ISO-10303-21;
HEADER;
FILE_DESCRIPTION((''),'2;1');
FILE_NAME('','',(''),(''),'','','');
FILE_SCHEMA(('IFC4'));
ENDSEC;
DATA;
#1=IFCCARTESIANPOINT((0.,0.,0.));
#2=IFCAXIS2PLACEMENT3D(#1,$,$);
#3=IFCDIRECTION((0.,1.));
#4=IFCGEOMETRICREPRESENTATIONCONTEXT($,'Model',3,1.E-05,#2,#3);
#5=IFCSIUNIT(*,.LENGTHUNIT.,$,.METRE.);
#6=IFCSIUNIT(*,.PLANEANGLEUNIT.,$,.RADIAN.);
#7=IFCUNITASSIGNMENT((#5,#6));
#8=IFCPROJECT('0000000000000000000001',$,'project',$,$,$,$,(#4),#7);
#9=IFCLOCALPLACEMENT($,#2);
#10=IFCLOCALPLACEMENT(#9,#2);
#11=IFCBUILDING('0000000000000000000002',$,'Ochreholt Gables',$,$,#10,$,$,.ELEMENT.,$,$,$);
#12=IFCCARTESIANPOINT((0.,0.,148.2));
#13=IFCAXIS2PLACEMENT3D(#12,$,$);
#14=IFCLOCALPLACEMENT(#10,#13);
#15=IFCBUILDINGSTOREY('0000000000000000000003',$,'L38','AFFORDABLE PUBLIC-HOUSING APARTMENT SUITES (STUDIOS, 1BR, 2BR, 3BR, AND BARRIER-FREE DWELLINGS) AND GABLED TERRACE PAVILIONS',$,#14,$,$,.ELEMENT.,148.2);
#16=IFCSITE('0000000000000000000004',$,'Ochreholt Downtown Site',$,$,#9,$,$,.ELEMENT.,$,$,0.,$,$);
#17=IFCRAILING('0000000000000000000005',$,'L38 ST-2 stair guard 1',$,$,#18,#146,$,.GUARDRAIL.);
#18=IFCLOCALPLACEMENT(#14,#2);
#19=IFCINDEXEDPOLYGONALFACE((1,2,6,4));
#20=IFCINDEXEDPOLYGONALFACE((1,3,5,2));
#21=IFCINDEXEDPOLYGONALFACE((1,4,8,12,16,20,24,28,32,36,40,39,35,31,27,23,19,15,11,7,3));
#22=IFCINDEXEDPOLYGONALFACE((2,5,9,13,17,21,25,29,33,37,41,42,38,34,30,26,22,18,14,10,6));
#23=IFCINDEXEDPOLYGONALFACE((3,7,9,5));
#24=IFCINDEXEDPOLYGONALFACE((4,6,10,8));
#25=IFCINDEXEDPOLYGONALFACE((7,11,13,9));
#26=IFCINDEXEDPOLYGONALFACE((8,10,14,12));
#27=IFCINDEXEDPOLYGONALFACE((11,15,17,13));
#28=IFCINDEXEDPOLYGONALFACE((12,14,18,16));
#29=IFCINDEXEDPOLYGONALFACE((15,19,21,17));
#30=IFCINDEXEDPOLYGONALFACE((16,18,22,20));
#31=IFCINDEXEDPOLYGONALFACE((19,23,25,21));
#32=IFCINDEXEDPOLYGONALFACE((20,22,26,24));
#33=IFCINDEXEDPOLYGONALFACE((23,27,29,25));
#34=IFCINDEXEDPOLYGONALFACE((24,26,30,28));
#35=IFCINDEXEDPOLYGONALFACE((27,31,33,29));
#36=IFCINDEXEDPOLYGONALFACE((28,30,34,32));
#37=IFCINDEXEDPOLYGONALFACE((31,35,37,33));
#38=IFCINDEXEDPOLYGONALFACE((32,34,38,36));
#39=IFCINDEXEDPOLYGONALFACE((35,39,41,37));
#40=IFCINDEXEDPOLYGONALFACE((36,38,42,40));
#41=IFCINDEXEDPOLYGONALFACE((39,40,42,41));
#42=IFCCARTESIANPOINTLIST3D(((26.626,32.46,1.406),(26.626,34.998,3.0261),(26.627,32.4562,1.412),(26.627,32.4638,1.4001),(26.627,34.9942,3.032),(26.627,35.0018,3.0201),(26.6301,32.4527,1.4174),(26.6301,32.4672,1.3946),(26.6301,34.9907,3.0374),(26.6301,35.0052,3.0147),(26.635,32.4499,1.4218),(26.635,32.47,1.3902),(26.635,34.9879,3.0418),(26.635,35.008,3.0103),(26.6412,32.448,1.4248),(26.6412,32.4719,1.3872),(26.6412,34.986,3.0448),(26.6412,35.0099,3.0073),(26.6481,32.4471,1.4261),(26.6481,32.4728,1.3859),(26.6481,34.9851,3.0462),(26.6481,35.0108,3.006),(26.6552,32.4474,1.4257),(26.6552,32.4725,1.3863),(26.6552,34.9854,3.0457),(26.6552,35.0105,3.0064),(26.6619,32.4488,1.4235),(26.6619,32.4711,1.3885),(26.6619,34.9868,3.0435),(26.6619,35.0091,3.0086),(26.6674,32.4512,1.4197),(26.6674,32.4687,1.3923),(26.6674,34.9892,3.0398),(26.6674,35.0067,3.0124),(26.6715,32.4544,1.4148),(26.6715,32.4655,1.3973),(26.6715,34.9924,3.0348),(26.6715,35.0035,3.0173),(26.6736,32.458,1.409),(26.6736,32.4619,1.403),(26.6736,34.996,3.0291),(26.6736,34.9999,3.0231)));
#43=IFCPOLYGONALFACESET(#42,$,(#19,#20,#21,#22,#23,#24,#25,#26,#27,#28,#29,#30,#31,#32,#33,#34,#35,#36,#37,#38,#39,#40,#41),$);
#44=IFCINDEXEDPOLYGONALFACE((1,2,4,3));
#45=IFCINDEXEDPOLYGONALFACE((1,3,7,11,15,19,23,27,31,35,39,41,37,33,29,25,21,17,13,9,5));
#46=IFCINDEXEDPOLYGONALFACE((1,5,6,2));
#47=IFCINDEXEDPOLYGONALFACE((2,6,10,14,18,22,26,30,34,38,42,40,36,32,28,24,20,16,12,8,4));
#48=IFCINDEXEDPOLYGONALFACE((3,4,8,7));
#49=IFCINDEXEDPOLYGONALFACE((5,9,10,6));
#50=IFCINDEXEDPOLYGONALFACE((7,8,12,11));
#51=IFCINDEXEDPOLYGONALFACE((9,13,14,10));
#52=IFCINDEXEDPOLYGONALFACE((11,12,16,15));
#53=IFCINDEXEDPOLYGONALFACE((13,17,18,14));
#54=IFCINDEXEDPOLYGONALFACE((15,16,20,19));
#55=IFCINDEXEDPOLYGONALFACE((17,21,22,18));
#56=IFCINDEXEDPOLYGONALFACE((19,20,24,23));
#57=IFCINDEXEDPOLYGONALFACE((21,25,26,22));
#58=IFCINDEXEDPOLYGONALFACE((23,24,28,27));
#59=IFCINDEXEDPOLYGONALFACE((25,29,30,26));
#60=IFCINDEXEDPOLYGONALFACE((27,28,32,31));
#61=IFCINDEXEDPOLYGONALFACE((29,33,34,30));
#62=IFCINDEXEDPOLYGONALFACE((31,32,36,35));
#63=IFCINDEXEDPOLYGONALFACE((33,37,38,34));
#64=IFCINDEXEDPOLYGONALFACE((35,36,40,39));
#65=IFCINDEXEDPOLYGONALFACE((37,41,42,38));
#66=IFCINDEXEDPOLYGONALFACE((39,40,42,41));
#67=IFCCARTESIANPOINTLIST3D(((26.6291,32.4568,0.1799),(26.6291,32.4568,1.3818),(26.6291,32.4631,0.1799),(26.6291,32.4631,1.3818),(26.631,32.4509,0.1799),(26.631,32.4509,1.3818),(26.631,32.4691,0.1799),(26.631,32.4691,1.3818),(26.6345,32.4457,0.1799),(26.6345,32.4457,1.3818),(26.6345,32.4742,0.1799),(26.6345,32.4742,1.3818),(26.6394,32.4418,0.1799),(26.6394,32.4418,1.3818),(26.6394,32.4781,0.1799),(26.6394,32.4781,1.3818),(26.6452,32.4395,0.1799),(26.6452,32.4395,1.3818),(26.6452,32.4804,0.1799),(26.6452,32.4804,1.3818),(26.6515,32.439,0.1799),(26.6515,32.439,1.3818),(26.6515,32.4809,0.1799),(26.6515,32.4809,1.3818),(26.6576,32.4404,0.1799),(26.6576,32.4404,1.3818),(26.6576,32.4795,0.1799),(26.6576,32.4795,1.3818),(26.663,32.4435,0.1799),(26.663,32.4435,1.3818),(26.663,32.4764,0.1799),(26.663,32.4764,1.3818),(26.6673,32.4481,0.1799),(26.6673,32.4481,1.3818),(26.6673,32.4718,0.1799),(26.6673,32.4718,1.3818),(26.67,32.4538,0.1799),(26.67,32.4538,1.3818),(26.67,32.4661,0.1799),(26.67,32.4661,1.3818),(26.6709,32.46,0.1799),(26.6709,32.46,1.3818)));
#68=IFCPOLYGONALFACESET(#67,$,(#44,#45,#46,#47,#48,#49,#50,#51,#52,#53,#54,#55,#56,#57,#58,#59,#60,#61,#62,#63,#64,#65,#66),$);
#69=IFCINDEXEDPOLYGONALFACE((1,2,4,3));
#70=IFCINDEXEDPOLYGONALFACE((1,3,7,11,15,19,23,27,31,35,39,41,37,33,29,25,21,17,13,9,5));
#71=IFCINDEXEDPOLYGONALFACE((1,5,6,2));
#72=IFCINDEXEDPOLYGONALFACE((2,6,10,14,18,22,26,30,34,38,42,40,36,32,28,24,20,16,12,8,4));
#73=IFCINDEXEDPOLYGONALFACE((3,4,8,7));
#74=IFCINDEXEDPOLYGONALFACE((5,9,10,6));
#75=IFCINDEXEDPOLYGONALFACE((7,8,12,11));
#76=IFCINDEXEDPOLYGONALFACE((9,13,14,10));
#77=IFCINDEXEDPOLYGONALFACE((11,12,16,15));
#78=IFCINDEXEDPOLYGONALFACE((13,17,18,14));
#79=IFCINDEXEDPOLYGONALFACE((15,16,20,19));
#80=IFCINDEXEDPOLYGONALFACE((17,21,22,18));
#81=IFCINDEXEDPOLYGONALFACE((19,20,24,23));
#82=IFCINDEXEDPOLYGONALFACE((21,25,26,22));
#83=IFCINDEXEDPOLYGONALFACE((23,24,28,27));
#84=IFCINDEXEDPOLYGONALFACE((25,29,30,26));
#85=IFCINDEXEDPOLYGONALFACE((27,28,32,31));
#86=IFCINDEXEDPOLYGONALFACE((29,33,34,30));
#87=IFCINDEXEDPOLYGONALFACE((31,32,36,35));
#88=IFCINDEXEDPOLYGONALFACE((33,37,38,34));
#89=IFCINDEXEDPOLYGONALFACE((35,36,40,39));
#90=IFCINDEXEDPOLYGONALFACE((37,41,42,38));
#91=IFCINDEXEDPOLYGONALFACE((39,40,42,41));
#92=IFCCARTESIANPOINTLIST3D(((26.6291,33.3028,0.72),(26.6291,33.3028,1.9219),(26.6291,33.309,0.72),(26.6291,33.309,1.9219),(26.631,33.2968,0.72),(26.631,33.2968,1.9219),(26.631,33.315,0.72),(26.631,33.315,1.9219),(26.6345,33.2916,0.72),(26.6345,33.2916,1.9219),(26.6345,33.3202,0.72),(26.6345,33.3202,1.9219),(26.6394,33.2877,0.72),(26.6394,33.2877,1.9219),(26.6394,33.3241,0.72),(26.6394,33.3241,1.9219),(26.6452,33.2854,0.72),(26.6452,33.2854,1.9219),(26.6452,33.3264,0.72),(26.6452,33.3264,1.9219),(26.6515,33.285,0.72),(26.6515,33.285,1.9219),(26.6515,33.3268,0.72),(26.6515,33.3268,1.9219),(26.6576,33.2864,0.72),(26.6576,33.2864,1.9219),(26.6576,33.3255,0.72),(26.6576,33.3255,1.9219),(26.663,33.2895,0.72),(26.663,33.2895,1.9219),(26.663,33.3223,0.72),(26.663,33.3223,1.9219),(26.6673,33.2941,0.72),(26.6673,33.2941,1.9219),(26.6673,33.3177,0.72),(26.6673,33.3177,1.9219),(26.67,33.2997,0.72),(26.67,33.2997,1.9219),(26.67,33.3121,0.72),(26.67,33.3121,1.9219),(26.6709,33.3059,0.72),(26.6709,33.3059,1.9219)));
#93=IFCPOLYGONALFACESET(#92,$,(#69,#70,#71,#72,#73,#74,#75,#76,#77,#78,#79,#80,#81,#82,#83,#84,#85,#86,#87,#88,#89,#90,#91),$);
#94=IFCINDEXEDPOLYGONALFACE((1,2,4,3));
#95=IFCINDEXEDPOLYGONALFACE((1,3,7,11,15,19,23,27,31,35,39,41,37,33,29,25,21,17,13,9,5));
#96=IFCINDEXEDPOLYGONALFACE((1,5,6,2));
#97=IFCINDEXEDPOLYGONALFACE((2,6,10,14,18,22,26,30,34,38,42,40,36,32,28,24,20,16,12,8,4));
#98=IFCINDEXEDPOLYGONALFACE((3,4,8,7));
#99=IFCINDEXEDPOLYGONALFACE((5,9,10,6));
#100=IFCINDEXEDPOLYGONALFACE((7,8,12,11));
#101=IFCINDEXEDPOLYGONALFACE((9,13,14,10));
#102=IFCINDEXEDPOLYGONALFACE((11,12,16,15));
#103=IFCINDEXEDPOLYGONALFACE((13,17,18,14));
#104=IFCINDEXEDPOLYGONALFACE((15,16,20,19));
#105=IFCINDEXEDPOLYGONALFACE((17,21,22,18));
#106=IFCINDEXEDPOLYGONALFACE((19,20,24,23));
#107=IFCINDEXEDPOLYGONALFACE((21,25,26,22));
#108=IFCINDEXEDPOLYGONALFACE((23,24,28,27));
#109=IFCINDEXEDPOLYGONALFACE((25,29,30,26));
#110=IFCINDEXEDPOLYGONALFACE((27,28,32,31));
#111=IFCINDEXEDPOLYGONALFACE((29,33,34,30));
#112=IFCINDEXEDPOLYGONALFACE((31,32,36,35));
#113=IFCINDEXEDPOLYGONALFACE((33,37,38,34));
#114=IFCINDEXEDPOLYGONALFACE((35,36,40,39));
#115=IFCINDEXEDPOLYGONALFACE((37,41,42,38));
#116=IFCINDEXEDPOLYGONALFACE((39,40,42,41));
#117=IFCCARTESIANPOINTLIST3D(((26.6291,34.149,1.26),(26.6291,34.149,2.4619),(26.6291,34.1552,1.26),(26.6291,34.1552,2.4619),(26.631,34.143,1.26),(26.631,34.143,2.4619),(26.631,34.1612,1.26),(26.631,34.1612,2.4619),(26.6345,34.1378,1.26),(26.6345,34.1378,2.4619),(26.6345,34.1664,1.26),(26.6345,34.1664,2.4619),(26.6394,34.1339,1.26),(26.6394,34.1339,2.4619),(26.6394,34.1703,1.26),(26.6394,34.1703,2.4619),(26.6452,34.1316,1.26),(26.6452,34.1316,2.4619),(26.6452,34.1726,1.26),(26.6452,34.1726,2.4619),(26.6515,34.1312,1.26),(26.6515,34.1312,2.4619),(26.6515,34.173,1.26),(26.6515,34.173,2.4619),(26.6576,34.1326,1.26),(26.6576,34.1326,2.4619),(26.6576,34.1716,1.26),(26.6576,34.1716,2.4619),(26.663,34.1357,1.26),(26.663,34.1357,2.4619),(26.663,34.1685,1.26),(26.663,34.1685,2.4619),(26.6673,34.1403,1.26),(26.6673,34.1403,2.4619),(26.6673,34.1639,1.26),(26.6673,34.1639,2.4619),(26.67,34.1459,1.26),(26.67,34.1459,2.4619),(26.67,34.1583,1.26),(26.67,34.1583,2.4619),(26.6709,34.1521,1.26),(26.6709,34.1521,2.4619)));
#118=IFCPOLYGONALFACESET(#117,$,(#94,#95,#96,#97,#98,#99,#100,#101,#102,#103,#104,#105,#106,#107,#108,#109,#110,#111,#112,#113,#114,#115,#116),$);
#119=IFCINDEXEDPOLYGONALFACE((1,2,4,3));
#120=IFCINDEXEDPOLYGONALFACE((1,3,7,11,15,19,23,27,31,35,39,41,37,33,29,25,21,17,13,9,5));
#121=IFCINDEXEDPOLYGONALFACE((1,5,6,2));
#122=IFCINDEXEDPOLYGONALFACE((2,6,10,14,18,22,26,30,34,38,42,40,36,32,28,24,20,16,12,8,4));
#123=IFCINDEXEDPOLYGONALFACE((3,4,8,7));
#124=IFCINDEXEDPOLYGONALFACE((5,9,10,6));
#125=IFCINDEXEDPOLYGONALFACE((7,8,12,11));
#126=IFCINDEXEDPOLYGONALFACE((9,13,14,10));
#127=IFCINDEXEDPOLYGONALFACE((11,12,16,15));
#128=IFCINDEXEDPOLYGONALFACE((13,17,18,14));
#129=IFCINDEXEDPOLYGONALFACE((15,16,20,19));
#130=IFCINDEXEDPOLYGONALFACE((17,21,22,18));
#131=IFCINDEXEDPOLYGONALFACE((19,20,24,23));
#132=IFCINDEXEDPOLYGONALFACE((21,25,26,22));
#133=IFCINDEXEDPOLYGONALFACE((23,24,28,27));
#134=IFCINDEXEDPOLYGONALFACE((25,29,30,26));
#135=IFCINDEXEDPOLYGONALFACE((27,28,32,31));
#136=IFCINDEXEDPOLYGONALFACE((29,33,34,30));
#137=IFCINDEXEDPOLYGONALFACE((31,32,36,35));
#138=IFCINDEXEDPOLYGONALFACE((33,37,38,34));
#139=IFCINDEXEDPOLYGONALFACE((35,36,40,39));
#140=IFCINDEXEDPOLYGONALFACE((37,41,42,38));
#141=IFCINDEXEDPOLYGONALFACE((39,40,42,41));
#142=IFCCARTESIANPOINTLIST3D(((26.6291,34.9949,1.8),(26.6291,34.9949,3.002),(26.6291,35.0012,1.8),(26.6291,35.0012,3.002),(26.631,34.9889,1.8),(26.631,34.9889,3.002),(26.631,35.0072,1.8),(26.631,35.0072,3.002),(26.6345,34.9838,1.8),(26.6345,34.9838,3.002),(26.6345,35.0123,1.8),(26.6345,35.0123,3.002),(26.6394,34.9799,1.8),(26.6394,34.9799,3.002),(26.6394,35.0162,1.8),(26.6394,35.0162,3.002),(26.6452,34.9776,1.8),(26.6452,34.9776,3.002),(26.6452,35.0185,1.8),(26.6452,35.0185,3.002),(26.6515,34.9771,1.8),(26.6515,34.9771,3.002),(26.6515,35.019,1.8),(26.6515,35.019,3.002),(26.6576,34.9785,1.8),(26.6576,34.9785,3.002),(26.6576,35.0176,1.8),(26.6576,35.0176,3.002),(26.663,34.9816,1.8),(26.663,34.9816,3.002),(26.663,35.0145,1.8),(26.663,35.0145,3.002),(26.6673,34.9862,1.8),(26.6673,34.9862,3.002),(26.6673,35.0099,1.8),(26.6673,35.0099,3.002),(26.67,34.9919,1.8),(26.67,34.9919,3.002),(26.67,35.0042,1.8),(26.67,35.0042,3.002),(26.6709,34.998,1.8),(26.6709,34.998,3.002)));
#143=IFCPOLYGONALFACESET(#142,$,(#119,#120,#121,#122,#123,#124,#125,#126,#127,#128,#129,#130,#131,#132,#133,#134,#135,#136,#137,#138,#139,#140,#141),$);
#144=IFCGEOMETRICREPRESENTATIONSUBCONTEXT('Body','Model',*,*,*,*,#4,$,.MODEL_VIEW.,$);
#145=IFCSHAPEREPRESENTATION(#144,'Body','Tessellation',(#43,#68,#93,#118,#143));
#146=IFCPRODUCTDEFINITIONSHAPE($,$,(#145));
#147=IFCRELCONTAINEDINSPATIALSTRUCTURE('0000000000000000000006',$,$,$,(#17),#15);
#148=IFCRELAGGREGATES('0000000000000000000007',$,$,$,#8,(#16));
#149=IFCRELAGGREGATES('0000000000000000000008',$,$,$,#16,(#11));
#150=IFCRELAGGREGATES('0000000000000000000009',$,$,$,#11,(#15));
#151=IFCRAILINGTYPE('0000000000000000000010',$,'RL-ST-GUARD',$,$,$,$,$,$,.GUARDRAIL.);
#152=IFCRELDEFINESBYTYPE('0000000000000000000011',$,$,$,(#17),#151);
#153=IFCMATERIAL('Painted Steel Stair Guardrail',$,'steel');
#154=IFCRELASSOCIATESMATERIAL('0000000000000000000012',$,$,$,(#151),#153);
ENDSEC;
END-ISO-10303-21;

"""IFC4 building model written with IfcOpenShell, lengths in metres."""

from ifc_helpers import new_model, si_unit, direction, frame, origin, origin_2d, place, context, subcontext, project, spatial, circle, extrude, material, type_object, element, save


model = new_model("IFC4")

# Units and contexts
model_context = context("Model", 3, precision=1e-05, world=origin(), true_north=direction((0.0, 1.0)))
body_context = subcontext(model_context, "Body", "Model", "MODEL_VIEW")
ifc_project = project(units=[si_unit("LENGTHUNIT", "METRE"), si_unit("PLANEANGLEUNIT", "RADIAN")], contexts=[model_context])

# Site, building, storey
site_placement = place(None, origin())
site = spatial("IfcSite", under=ifc_project, at=site_placement, Name="Ochreholt Downtown Site", CompositionType="ELEMENT", RefElevation=0.0)
building_placement = place(site_placement, origin())
building = spatial("IfcBuilding", under=site, at=building_placement, Name="Ochreholt Gables", CompositionType="ELEMENT")
storey_placement = place(building_placement, frame((0.0, 0.0, 148.2)))
storey = spatial("IfcBuildingStorey", under=building, at=storey_placement, Name="L38", Description="AFFORDABLE PUBLIC-HOUSING APARTMENT SUITES (STUDIOS, 1BR, 2BR, 3BR, AND BARRIER-FREE DWELLINGS) AND GABLED TERRACE PAVILIONS", CompositionType="ELEMENT", Elevation=148.2)

# Railing
ifc_material_1 = material(Name="Painted Steel Stair Guardrail", Category="steel")
railing_type = type_object("IfcRailingType", Name="RL-ST-GUARD", PredefinedType="GUARDRAIL", material=ifc_material_1)
railing_1_placement = place(storey_placement, frame((26.6499, 32.46, 0.1799)))
element("IfcRailing", 1, at=railing_1_placement, inside=storey, type_object=railing_type, Name="L38 ST-2 stair guard 1", PredefinedType="GUARDRAIL", context=body_context, shape_type="SweptSolid", body=[
    extrude(circle(Radius=0.0239, at=origin_2d()), frame((0.0, 0.0, 1.2261), z_axis=(0.0, 0.842913, 0.53805), x_axis=(-1.0, 0.0, 0.0)), (0.0, 0.0, 1.0), 3.011),
    extrude(circle(Radius=0.021, at=origin_2d()), origin(), (0.0, 0.0, 1.0), 1.2019),
    extrude(circle(Radius=0.021, at=origin_2d()), frame((0.0, 0.8459, 0.54)), (0.0, 0.0, 1.0), 1.2019),
    extrude(circle(Radius=0.021, at=origin_2d()), frame((0.0, 1.6921, 1.0801)), (0.0, 0.0, 1.0), 1.2019),
    extrude(circle(Radius=0.021, at=origin_2d()), frame((0.0, 2.5381, 1.6201)), (0.0, 0.0, 1.0), 1.2019),
])

save(model, "model.ifc")
